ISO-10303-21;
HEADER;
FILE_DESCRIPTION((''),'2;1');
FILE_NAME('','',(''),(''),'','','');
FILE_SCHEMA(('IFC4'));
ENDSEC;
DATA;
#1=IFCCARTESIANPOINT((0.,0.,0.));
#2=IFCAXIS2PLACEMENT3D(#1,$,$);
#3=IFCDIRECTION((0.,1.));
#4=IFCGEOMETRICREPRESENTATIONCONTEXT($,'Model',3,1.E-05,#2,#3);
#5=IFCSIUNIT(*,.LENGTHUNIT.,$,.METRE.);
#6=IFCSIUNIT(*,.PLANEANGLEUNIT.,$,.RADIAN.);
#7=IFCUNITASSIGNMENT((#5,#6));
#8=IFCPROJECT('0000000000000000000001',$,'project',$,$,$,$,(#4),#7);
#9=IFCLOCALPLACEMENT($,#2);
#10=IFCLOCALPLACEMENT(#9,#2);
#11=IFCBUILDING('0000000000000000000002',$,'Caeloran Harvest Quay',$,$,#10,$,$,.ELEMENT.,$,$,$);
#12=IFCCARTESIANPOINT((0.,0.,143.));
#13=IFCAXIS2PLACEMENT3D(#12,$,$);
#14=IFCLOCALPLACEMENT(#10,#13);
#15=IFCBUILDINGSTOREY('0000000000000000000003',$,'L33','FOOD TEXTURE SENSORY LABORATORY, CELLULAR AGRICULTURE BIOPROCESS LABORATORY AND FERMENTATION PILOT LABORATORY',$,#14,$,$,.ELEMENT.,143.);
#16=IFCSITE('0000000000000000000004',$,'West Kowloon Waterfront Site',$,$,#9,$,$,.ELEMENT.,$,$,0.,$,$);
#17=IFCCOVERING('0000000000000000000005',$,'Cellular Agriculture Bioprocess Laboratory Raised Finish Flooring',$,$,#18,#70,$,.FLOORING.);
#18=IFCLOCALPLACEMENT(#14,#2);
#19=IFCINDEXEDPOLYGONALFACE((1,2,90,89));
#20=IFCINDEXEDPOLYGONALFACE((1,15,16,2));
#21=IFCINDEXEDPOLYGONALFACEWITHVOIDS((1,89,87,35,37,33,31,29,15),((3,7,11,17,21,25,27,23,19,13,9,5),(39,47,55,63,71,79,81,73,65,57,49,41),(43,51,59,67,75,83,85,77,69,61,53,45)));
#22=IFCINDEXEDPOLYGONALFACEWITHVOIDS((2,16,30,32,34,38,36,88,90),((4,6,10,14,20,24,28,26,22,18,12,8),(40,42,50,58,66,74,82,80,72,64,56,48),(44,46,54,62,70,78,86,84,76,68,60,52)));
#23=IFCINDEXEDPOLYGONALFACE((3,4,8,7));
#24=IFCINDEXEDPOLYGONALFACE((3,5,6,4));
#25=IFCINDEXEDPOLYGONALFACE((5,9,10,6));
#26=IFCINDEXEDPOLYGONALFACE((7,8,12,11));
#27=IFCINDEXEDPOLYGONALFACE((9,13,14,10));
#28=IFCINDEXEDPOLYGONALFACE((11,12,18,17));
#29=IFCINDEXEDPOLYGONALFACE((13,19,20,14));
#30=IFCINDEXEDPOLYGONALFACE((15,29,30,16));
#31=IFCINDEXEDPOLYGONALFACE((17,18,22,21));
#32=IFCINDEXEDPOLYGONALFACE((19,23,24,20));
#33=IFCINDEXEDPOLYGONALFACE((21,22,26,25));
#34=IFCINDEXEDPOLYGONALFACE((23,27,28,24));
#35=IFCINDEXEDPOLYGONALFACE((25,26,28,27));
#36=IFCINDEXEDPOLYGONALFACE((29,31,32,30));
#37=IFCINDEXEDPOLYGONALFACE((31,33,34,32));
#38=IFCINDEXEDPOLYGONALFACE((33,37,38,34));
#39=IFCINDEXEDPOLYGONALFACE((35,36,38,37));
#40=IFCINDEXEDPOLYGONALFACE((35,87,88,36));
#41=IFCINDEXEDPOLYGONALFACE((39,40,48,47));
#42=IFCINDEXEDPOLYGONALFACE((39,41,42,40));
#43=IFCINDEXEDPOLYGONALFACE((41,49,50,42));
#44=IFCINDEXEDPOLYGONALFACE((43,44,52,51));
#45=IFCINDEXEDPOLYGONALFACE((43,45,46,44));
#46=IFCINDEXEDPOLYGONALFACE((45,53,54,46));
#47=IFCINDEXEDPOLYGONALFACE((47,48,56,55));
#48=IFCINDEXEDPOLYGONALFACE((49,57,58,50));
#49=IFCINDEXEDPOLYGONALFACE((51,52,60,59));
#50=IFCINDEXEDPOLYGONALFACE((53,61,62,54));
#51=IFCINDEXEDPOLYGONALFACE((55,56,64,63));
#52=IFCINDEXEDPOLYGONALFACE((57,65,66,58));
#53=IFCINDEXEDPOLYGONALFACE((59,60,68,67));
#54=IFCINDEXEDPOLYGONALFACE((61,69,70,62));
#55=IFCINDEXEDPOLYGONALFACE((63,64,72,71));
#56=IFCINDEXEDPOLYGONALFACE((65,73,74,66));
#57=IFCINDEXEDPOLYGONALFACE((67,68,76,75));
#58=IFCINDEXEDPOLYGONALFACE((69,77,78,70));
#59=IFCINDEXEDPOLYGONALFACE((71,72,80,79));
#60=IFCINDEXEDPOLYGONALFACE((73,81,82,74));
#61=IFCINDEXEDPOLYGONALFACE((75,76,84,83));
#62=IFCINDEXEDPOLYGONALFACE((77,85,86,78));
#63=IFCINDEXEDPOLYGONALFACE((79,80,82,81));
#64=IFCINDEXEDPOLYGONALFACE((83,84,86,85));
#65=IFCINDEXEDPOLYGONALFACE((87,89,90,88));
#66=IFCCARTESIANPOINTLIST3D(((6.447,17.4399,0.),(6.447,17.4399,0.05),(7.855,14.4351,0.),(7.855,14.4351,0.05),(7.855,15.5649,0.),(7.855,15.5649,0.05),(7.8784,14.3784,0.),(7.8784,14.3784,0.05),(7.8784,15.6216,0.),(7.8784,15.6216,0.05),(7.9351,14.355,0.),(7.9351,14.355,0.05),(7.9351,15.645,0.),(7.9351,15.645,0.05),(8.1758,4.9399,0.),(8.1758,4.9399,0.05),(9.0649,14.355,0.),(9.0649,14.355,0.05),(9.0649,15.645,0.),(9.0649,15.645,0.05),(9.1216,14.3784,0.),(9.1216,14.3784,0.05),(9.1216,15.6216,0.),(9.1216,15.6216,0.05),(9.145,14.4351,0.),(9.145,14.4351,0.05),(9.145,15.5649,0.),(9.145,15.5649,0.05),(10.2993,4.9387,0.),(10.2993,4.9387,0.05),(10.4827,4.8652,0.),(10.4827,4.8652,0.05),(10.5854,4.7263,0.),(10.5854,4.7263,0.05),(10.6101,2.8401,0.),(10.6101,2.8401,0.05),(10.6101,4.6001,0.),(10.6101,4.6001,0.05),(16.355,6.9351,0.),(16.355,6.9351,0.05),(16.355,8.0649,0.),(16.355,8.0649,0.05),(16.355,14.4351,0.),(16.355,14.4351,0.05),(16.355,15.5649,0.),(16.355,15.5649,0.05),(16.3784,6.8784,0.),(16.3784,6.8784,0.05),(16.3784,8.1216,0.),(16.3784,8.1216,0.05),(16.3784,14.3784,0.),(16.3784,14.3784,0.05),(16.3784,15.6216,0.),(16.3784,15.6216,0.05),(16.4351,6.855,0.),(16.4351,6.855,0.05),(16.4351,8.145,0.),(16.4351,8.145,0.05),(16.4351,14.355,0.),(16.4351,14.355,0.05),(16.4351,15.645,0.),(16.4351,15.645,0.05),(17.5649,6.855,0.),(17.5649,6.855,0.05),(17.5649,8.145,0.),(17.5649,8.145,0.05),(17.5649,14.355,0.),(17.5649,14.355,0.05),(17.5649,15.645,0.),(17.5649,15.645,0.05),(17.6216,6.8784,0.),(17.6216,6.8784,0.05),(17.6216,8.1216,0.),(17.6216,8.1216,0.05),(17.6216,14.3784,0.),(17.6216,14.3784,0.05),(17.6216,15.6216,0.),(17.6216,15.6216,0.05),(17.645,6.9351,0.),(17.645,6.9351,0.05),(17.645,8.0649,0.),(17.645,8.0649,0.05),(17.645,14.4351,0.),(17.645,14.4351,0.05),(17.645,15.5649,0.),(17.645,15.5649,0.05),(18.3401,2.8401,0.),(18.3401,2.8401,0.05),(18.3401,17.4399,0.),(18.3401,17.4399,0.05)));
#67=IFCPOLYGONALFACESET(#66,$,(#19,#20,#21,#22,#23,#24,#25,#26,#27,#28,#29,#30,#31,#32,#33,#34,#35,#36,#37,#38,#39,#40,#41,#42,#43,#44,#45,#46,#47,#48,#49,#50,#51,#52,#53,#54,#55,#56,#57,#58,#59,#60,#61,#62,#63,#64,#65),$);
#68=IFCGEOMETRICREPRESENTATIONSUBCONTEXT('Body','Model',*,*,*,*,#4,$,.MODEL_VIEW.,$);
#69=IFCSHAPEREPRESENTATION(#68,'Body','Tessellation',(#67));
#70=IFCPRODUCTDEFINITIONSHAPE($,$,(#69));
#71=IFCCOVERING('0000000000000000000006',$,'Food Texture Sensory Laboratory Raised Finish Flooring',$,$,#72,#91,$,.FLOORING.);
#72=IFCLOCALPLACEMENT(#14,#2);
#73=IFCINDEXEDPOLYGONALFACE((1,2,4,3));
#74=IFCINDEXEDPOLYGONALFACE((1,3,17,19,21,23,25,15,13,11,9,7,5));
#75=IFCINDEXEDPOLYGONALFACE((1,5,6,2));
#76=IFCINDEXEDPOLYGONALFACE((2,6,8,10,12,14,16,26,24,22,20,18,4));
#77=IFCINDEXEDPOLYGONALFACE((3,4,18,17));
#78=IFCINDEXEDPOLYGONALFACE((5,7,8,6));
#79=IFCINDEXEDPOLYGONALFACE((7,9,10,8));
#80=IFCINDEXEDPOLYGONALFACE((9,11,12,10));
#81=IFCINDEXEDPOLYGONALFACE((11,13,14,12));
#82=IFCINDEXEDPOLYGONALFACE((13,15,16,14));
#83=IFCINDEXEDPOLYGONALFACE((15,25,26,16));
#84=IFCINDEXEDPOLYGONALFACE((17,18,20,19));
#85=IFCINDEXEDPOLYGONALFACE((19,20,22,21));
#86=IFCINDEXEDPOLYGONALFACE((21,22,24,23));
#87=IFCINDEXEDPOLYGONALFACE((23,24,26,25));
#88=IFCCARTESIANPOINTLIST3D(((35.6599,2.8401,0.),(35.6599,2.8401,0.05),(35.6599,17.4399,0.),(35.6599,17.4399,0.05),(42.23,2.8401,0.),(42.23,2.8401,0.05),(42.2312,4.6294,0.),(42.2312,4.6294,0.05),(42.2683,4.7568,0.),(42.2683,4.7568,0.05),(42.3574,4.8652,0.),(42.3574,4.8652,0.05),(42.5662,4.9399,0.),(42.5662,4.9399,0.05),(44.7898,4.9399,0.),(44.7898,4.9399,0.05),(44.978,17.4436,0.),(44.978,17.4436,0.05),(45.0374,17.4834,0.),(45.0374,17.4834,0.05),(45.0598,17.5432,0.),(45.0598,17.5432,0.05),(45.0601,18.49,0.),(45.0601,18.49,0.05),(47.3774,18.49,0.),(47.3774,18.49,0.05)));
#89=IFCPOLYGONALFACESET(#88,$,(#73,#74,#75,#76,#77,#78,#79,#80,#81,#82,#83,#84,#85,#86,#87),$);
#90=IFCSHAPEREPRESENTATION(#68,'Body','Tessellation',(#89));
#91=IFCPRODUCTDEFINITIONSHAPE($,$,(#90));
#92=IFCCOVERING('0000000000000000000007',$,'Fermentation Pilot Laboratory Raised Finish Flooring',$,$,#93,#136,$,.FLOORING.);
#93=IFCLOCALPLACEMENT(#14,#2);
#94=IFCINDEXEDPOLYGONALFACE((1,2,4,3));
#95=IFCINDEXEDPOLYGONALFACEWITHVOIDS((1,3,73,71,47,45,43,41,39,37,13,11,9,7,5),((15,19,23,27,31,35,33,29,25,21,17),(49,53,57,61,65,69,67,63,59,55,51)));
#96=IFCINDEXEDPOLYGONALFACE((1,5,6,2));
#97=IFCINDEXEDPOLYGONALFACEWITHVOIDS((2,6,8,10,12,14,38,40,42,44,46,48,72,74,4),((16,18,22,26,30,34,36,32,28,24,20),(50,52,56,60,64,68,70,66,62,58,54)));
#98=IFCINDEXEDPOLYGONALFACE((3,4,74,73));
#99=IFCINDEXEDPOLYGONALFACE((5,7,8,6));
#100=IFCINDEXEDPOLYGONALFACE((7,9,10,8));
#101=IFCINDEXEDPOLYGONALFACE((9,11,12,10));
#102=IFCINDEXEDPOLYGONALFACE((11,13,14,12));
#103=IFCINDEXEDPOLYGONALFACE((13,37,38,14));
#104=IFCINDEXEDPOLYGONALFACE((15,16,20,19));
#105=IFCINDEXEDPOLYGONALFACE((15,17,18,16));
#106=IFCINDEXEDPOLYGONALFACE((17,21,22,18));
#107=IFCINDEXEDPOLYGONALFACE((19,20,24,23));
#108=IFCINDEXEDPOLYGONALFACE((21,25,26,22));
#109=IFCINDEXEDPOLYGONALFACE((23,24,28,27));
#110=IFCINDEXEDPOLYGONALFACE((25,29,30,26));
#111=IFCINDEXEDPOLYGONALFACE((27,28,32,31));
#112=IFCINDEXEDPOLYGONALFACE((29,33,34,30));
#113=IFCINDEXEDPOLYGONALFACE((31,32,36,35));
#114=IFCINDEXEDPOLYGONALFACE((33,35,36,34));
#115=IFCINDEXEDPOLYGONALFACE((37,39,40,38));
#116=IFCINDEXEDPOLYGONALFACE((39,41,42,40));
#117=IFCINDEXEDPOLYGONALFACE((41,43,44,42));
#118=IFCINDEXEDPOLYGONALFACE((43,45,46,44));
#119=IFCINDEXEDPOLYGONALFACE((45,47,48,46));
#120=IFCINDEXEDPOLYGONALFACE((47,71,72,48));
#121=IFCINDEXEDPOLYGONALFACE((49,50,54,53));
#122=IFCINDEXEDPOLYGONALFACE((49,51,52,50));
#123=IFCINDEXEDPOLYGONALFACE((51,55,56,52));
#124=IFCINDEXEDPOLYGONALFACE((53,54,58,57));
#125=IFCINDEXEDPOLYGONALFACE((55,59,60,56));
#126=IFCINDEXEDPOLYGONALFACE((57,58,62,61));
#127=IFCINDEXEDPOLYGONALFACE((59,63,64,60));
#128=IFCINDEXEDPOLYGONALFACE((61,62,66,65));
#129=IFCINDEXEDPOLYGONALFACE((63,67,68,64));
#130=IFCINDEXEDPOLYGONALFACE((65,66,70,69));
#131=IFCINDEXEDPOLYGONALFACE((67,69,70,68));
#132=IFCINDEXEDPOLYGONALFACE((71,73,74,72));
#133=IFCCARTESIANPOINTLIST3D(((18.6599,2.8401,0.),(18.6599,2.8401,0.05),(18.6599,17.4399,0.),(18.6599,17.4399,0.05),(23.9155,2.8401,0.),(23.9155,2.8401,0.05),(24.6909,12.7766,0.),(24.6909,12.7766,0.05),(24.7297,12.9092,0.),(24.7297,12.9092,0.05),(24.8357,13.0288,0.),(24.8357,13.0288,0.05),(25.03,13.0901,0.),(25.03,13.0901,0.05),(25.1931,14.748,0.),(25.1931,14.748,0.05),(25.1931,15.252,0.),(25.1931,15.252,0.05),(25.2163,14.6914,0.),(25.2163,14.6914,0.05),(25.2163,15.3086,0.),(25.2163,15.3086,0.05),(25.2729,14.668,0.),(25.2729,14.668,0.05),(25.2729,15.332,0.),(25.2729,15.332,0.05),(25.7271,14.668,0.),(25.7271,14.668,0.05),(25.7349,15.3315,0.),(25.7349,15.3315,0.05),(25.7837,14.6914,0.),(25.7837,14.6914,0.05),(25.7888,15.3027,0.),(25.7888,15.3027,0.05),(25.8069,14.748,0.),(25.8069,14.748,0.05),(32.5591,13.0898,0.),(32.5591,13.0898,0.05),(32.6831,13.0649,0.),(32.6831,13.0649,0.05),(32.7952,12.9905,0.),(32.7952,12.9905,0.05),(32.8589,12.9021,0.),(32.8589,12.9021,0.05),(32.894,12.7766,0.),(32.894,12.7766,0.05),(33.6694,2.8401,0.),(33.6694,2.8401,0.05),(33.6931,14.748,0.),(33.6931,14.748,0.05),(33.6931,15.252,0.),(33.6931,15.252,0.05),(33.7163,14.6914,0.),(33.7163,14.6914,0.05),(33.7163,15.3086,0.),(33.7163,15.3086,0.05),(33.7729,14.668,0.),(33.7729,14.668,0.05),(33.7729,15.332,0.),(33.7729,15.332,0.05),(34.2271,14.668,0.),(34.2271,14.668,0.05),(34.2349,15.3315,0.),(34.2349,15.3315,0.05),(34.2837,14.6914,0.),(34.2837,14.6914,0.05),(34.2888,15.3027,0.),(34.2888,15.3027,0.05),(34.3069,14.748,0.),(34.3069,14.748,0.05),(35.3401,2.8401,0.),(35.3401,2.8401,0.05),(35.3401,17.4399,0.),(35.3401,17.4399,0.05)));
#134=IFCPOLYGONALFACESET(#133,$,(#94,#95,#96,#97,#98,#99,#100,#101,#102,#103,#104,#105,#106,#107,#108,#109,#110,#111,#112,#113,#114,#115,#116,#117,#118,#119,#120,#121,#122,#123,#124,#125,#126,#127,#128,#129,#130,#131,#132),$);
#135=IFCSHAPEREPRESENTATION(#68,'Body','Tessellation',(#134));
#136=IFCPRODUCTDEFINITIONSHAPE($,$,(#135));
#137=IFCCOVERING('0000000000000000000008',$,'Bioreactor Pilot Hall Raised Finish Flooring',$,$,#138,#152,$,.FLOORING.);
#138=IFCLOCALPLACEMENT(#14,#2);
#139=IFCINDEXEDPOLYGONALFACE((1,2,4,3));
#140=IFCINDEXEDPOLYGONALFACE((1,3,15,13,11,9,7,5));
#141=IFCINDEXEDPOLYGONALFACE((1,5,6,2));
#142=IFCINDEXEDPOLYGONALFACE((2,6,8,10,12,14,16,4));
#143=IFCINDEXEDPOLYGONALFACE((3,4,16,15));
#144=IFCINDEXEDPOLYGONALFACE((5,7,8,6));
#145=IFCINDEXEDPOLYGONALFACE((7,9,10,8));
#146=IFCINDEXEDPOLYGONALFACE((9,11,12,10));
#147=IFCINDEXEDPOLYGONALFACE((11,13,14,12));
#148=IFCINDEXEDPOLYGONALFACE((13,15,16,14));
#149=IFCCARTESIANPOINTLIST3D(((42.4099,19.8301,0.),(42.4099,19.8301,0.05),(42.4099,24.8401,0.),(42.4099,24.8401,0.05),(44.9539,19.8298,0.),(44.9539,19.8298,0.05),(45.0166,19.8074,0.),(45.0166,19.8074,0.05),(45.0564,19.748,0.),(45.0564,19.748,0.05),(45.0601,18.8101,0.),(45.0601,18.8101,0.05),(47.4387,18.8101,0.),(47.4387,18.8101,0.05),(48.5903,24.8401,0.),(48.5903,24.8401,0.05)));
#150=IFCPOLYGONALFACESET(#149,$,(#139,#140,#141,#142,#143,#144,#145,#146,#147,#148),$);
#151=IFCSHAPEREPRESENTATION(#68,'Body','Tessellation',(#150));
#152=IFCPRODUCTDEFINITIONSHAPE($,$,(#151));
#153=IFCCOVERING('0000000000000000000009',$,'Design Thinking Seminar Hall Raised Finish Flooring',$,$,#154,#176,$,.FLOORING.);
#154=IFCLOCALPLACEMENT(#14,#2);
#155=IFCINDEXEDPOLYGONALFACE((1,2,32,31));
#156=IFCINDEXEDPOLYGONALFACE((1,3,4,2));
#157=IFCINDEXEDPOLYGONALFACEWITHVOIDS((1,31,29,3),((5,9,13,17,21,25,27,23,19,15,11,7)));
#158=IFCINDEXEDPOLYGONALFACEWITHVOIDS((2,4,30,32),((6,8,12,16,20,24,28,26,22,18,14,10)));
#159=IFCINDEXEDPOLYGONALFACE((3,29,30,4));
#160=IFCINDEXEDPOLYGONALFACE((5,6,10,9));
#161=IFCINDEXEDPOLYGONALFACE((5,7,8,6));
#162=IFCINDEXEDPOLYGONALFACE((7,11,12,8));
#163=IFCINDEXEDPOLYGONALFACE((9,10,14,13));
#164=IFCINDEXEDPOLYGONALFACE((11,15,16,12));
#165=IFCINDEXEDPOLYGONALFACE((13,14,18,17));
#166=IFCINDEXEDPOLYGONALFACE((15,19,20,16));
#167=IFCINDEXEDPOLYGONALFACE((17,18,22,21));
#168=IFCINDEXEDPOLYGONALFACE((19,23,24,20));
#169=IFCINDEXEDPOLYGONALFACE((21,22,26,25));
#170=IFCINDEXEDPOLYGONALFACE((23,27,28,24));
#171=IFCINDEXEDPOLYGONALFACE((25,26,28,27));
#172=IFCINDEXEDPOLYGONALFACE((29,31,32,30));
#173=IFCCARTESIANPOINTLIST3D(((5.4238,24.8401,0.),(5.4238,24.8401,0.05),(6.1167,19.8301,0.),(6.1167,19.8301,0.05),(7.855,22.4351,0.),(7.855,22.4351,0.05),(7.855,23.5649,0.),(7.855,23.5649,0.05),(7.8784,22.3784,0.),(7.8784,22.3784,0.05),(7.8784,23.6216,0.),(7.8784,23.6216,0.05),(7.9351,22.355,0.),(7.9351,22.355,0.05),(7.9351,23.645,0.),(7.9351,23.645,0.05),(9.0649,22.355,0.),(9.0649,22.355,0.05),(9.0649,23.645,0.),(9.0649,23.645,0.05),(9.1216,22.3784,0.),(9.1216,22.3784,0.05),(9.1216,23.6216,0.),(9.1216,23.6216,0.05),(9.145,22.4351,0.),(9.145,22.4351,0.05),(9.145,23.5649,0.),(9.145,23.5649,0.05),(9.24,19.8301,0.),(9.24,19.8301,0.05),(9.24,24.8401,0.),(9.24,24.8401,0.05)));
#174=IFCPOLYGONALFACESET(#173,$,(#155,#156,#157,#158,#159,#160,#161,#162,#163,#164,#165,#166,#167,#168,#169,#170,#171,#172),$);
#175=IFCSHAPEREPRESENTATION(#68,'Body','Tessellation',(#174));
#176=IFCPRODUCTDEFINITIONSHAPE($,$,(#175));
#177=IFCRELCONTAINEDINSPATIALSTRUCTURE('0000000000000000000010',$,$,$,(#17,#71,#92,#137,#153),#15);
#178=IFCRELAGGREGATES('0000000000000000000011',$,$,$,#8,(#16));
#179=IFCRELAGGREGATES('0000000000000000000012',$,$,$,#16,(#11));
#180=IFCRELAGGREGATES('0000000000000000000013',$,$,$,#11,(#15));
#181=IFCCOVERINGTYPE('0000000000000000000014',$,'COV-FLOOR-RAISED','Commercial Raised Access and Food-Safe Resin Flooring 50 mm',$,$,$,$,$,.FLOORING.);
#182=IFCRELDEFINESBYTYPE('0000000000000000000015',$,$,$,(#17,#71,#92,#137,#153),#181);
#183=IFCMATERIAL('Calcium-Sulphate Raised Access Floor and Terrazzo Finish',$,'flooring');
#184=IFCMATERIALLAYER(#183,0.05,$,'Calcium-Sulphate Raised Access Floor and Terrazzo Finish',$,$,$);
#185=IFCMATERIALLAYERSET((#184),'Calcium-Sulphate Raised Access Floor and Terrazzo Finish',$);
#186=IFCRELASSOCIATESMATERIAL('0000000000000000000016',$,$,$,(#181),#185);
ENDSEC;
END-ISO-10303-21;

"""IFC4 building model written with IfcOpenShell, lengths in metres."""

from ifc_helpers import new_model, si_unit, direction, frame, origin, place, context, subcontext, project, spatial, polyline, outline, extrude, material, layer, layer_set, type_object, element, save


model = new_model("IFC4")

# Units and contexts
model_context = context("Model", 3, precision=1e-05, world=origin(), true_north=direction((0.0, 1.0)))
body_context = subcontext(model_context, "Body", "Model", "MODEL_VIEW")
ifc_project = project(units=[si_unit("LENGTHUNIT", "METRE"), si_unit("PLANEANGLEUNIT", "RADIAN")], contexts=[model_context])

# Site, building, storey
site_placement = place(None, origin())
site = spatial("IfcSite", under=ifc_project, at=site_placement, Name="West Kowloon Waterfront Site", CompositionType="ELEMENT", RefElevation=0.0)
building_placement = place(site_placement, origin())
building = spatial("IfcBuilding", under=site, at=building_placement, Name="Caeloran Harvest Quay", CompositionType="ELEMENT")
storey_placement = place(building_placement, frame((0.0, 0.0, 143.0)))
storey = spatial("IfcBuildingStorey", under=building, at=storey_placement, Name="L33", Description="FOOD TEXTURE SENSORY LABORATORY, CELLULAR AGRICULTURE BIOPROCESS LABORATORY AND FERMENTATION PILOT LABORATORY", CompositionType="ELEMENT", Elevation=143.0)

# Coverings
ifc_material_1 = material(Name="Calcium-Sulphate Raised Access Floor and Terrazzo Finish", Category="flooring")
ifc_layer_1 = layer(ifc_material_1, 0.05, Name="Calcium-Sulphate Raised Access Floor and Terrazzo Finish")
ifc_layer_set_1 = layer_set([ifc_layer_1], Name="Calcium-Sulphate Raised Access Floor and Terrazzo Finish")
covering_type_1 = type_object("IfcCoveringType", Name="COV-FLOOR-RAISED", Description="Commercial Raised Access and Food-Safe Resin Flooring 50 mm", PredefinedType="FLOORING", material=ifc_layer_set_1)
covering_1_placement = place(storey_placement, origin())
element("IfcCovering", 1, at=covering_1_placement, inside=storey, type_object=covering_type_1, Name="Cellular Agriculture Bioprocess Laboratory Raised Finish Flooring", PredefinedType="FLOORING", context=body_context, shape_type="SweptSolid", body=[
    extrude(outline(polyline([(10.5854, 4.7263), (10.4827, 4.8652), (10.2993, 4.9387), (8.1758, 4.9399), (6.447, 17.4399), (18.3401, 17.4399), (18.3401, 2.8401), (10.6101, 2.8401), (10.6101, 4.6001), (10.5854, 4.7263)]), holes=[polyline([(16.4351, 8.145), (16.3784, 8.1216), (16.355, 8.0649), (16.355, 6.9351), (16.3784, 6.8784), (16.4351, 6.855), (17.5649, 6.855), (17.6216, 6.8784), (17.645, 6.9351), (17.645, 8.0649), (17.6216, 8.1216), (17.5649, 8.145), (16.4351, 8.145)]), polyline([(16.4351, 15.645), (16.3784, 15.6216), (16.355, 15.5649), (16.355, 14.4351), (16.3784, 14.3784), (16.4351, 14.355), (17.5649, 14.355), (17.6216, 14.3784), (17.645, 14.4351), (17.645, 15.5649), (17.6216, 15.6216), (17.5649, 15.645), (16.4351, 15.645)]), polyline([(7.9351, 15.645), (7.8784, 15.6216), (7.855, 15.5649), (7.855, 14.4351), (7.8784, 14.3784), (7.9351, 14.355), (9.0649, 14.355), (9.1216, 14.3784), (9.145, 14.4351), (9.145, 15.5649), (9.1216, 15.6216), (9.0649, 15.645), (7.9351, 15.645)])]), origin(), (0.0, 0.0, 1.0), 0.05),
])
covering_2_placement = place(storey_placement, origin())
element("IfcCovering", 2, at=covering_2_placement, inside=storey, type_object=covering_type_1, Name="Food Texture Sensory Laboratory Raised Finish Flooring", PredefinedType="FLOORING", context=body_context, shape_type="SweptSolid", body=[
    extrude(outline(polyline([(44.978, 17.4436), (45.0374, 17.4834), (45.0598, 17.5432), (45.0601, 18.49), (47.3774, 18.49), (44.7898, 4.9399), (42.5662, 4.9399), (42.3574, 4.8652), (42.2683, 4.7568), (42.2312, 4.6294), (42.23, 2.8401), (35.6599, 2.8401), (35.6599, 17.4399), (44.978, 17.4436)])), origin(), (0.0, 0.0, 1.0), 0.05),
])
covering_3_placement = place(storey_placement, origin())
element("IfcCovering", 3, at=covering_3_placement, inside=storey, type_object=covering_type_1, Name="Fermentation Pilot Laboratory Raised Finish Flooring", PredefinedType="FLOORING", context=body_context, shape_type="SweptSolid", body=[
    extrude(outline(polyline([(32.894, 12.7766), (32.8589, 12.9021), (32.7952, 12.9905), (32.6831, 13.0649), (32.5591, 13.0898), (25.03, 13.0901), (24.8357, 13.0288), (24.7297, 12.9092), (24.6909, 12.7766), (23.9155, 2.8401), (18.6599, 2.8401), (18.6599, 17.4399), (35.3401, 17.4399), (35.3401, 2.8401), (33.6694, 2.8401), (32.894, 12.7766)]), holes=[polyline([(34.3069, 14.748), (34.2888, 15.3027), (34.2349, 15.3315), (33.7729, 15.332), (33.7163, 15.3086), (33.6931, 15.252), (33.6931, 14.748), (33.7163, 14.6914), (33.7729, 14.668), (34.2271, 14.668), (34.2837, 14.6914), (34.3069, 14.748)]), polyline([(25.8069, 14.748), (25.7888, 15.3027), (25.7349, 15.3315), (25.2729, 15.332), (25.2163, 15.3086), (25.1931, 15.252), (25.1931, 14.748), (25.2163, 14.6914), (25.2729, 14.668), (25.7271, 14.668), (25.7837, 14.6914), (25.8069, 14.748)])]), origin(), (0.0, 0.0, 1.0), 0.05),
])
covering_4_placement = place(storey_placement, origin())
element("IfcCovering", 4, at=covering_4_placement, inside=storey, type_object=covering_type_1, Name="Bioreactor Pilot Hall Raised Finish Flooring", PredefinedType="FLOORING", context=body_context, shape_type="SweptSolid", body=[
    extrude(outline(polyline([(45.0564, 19.748), (45.0166, 19.8074), (44.9539, 19.8298), (42.4099, 19.8301), (42.4099, 24.8401), (48.5903, 24.8401), (47.4387, 18.8101), (45.0601, 18.8101), (45.0564, 19.748)])), origin(), (0.0, 0.0, 1.0), 0.05),
])
covering_5_placement = place(storey_placement, origin())
element("IfcCovering", 5, at=covering_5_placement, inside=storey, type_object=covering_type_1, Name="Design Thinking Seminar Hall Raised Finish Flooring", PredefinedType="FLOORING", context=body_context, shape_type="SweptSolid", body=[
    extrude(outline(polyline([(9.24, 24.8401), (9.24, 19.8301), (6.1167, 19.8301), (5.4238, 24.8401), (9.24, 24.8401)]), holes=[polyline([(9.145, 23.5649), (9.1216, 23.6216), (9.0649, 23.645), (7.9351, 23.645), (7.8784, 23.6216), (7.855, 23.5649), (7.855, 22.4351), (7.8784, 22.3784), (7.9351, 22.355), (9.0649, 22.355), (9.1216, 22.3784), (9.145, 22.4351), (9.145, 23.5649)])]), origin(), (0.0, 0.0, 1.0), 0.05),
])

save(model, "model.ifc")
